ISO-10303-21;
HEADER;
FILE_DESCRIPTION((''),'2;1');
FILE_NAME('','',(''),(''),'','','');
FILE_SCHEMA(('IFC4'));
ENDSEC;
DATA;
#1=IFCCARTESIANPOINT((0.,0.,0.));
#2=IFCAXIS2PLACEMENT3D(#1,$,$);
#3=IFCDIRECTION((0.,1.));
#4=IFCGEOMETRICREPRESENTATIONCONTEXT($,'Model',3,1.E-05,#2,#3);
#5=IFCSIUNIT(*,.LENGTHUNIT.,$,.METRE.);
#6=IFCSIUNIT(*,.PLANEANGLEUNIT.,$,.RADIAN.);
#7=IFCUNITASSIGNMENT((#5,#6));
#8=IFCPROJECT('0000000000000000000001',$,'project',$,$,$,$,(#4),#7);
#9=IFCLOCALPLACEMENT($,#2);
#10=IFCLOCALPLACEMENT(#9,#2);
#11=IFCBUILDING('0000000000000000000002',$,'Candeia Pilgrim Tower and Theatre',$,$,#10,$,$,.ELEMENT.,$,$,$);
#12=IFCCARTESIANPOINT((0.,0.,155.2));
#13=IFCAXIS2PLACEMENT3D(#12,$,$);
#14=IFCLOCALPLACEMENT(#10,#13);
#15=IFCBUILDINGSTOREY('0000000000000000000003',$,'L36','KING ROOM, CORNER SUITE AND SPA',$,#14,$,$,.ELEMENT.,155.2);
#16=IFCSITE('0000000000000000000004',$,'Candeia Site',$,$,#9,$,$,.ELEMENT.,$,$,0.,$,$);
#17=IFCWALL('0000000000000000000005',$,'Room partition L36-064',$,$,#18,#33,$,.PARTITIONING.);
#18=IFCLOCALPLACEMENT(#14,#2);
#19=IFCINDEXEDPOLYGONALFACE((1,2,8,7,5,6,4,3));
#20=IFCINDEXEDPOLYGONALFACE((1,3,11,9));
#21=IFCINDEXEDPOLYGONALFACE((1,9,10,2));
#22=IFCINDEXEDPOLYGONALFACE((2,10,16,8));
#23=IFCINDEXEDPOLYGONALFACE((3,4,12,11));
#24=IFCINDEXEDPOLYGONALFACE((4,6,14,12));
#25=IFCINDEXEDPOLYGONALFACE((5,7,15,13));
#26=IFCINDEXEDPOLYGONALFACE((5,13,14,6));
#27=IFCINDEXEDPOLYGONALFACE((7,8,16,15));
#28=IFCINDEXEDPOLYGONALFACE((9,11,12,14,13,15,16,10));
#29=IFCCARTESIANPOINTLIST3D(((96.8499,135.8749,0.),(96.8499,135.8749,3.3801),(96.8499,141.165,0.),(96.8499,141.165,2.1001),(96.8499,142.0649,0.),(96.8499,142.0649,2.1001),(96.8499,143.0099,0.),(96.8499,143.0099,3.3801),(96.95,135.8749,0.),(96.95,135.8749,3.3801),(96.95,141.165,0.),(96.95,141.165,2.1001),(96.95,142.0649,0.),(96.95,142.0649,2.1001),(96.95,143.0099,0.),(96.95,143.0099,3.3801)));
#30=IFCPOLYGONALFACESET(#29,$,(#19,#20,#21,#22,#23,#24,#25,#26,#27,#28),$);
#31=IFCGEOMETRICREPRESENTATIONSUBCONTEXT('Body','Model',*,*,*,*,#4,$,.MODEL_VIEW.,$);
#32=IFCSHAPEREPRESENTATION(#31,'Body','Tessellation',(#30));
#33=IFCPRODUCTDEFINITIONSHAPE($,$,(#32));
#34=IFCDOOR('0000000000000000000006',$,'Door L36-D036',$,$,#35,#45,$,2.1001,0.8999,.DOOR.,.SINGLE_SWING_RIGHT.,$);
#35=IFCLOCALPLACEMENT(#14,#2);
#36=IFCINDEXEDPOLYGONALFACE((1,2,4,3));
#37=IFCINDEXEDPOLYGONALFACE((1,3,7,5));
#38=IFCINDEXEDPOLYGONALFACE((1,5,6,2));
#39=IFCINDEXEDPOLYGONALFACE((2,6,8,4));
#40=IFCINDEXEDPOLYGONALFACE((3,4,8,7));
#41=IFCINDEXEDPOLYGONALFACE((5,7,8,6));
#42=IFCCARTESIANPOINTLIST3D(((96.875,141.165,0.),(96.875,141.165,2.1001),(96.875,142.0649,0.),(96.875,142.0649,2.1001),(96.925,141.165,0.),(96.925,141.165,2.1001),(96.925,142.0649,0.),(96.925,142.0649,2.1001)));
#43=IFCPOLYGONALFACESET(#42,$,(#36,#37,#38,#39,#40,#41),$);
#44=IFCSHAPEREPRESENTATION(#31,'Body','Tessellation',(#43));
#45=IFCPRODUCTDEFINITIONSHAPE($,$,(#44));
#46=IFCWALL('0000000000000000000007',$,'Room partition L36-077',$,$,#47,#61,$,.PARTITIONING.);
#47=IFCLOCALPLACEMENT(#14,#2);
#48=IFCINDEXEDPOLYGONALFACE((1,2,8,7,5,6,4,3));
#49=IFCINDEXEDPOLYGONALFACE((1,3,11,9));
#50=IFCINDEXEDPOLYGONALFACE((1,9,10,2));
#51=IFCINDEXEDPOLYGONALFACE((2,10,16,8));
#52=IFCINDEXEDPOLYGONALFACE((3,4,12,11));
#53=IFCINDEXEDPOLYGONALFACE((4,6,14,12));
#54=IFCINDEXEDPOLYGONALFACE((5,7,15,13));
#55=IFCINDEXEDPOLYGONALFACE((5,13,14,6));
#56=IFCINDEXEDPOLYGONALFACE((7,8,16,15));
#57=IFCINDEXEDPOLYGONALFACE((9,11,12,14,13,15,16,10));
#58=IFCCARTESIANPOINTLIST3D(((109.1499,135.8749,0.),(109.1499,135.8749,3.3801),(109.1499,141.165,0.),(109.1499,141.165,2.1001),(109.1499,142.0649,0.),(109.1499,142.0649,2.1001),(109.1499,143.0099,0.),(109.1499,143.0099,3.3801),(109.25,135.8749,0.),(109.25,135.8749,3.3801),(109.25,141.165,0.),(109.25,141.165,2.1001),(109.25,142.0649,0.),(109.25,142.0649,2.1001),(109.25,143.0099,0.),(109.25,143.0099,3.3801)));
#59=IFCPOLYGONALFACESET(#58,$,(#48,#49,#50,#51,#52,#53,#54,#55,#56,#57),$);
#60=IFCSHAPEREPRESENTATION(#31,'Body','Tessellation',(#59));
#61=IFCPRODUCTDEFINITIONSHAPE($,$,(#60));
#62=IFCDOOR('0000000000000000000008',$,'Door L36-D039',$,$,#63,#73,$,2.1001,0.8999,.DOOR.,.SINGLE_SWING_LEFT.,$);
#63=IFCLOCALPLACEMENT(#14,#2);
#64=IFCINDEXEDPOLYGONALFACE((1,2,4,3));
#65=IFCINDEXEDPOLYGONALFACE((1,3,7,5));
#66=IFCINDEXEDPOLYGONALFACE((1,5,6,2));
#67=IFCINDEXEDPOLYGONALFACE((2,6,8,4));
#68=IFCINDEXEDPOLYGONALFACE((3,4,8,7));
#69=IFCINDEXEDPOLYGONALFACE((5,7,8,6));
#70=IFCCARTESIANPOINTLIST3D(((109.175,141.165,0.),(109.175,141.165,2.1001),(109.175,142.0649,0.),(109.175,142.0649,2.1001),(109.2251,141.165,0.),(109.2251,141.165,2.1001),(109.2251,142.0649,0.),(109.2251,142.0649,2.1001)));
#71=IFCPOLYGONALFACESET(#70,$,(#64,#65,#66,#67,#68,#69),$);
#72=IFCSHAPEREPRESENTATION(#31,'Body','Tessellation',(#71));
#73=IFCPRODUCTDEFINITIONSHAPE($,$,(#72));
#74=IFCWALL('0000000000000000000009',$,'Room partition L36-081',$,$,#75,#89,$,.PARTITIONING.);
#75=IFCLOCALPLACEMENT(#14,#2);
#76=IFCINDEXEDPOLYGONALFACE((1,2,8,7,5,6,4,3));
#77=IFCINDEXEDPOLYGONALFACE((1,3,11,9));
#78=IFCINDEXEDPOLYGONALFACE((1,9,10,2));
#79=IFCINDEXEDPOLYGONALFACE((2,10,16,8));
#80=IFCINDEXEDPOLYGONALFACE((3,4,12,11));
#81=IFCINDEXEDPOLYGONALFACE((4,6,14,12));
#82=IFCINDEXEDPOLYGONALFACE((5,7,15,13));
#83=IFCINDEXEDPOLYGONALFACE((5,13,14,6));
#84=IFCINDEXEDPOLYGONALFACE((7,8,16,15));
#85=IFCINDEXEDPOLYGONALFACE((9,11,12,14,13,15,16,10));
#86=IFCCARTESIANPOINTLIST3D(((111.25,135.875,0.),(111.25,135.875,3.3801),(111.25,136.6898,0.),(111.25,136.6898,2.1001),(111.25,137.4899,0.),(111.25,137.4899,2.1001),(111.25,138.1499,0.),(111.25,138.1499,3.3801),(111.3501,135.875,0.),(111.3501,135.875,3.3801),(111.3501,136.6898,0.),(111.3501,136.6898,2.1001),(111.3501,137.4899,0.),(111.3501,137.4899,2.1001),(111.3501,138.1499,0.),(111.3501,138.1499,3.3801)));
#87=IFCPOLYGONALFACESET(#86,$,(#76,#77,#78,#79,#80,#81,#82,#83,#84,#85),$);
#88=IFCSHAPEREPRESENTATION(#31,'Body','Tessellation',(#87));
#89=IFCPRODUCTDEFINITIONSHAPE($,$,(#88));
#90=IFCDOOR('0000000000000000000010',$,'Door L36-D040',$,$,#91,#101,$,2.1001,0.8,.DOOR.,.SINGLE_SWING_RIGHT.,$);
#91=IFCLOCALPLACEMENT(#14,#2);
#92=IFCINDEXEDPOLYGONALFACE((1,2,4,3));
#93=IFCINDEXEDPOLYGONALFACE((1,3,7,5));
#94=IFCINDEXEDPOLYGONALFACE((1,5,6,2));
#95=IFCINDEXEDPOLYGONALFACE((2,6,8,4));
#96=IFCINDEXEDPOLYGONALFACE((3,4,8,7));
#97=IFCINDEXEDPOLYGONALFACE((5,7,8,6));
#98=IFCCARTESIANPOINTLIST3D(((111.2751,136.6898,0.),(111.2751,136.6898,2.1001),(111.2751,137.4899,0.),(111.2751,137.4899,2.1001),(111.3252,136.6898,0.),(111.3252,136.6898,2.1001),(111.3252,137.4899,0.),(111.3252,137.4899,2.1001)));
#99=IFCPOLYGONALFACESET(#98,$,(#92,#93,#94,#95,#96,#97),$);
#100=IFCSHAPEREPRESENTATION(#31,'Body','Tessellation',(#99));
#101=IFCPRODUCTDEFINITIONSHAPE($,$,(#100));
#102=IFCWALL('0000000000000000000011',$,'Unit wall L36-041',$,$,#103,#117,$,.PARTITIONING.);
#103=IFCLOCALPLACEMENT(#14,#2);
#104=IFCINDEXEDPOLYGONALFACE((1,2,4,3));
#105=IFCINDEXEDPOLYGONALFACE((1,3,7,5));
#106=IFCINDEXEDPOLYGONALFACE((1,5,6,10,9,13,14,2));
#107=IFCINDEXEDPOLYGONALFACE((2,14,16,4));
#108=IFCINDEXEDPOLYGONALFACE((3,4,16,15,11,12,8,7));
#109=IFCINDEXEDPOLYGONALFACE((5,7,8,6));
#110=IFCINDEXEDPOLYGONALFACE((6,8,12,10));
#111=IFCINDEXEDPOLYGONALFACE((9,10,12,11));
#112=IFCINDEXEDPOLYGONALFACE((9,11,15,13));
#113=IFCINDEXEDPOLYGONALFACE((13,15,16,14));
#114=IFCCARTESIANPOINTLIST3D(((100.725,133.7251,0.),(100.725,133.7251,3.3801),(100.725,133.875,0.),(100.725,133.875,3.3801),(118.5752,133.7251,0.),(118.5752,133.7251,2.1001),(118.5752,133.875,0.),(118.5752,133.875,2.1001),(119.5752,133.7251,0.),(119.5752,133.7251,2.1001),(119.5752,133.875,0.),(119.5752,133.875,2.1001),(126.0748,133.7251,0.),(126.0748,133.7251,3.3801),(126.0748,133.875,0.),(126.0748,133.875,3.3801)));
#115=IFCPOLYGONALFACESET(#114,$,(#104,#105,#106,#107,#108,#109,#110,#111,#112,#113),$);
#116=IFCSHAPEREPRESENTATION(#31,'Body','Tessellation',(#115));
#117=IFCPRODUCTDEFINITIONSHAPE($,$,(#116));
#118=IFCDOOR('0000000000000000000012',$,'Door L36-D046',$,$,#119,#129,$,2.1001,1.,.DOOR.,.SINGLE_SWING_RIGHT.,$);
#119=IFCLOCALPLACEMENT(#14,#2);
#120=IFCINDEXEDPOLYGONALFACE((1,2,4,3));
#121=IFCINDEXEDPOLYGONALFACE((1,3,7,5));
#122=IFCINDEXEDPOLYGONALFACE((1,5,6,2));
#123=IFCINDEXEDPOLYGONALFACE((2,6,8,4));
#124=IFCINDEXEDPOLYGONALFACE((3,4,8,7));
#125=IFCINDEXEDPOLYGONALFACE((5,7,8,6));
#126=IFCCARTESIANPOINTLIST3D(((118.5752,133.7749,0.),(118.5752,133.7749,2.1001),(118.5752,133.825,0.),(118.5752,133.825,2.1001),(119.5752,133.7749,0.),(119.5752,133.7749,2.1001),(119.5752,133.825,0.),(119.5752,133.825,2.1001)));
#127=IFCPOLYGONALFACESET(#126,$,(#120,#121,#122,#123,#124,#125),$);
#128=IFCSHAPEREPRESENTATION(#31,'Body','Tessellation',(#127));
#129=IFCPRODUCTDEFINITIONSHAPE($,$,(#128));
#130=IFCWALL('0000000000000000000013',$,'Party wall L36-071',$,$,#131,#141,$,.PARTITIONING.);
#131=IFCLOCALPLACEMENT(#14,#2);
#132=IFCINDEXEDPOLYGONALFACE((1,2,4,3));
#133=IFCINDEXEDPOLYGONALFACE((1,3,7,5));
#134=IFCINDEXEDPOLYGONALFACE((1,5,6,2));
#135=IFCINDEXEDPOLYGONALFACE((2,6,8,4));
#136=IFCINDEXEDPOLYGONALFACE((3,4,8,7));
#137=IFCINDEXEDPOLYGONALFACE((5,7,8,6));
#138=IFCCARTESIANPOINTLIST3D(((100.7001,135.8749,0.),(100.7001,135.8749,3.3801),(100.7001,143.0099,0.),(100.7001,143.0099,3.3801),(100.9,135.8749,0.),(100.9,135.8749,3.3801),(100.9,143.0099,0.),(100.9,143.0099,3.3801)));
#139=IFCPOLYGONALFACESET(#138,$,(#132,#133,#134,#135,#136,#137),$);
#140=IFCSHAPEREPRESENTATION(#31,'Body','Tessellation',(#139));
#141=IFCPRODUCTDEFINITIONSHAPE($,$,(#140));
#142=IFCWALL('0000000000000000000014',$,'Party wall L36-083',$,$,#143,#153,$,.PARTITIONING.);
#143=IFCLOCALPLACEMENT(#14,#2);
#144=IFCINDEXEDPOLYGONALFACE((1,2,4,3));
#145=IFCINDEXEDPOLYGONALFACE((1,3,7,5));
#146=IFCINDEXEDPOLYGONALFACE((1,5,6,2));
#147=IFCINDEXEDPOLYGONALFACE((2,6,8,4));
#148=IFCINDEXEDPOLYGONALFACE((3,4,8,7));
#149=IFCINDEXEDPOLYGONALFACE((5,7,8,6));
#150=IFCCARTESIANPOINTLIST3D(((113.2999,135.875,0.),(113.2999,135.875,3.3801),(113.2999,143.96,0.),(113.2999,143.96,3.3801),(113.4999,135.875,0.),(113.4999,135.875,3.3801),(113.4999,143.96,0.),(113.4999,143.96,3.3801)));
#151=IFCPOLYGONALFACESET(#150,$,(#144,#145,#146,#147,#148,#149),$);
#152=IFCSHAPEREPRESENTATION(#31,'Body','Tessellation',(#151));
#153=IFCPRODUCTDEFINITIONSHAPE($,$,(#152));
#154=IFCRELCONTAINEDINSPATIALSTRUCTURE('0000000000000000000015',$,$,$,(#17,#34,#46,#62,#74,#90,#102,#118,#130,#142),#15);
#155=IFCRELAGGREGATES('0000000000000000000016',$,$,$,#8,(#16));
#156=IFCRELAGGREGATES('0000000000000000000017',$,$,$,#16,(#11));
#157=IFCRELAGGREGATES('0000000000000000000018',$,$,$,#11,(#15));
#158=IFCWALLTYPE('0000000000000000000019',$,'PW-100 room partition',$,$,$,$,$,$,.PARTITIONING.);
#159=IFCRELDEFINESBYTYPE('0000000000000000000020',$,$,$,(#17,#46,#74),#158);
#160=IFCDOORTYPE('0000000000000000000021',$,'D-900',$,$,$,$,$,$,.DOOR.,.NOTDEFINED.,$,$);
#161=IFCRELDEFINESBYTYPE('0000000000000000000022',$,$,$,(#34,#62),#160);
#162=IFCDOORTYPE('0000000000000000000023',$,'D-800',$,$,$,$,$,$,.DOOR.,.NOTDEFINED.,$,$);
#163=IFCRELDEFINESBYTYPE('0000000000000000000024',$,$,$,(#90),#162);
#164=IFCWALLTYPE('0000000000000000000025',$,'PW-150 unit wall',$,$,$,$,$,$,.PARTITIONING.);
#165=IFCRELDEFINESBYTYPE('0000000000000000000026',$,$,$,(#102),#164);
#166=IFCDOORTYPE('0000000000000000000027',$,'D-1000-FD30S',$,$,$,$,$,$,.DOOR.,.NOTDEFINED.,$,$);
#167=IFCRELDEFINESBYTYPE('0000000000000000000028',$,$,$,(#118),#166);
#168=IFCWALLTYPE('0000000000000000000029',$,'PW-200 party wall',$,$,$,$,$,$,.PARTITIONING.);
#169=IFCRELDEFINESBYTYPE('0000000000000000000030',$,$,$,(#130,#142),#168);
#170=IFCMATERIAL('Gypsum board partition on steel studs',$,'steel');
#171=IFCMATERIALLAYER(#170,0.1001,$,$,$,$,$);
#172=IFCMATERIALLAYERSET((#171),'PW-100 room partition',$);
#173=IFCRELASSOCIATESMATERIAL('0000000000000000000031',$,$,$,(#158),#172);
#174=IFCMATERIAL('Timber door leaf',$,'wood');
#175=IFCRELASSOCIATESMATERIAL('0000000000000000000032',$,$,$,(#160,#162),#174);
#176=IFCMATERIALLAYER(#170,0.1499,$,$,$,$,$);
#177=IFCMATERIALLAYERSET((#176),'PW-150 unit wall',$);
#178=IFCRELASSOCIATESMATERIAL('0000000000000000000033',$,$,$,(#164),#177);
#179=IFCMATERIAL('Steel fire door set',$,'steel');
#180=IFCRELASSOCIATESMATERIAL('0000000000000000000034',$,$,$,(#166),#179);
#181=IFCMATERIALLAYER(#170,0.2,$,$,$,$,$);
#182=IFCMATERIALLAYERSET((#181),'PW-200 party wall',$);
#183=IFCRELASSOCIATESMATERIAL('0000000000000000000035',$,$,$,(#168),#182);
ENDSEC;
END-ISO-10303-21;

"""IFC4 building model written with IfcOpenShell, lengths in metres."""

from ifc_helpers import new_model, si_unit, direction, frame, frame_2d, origin, place, context, subcontext, project, spatial, rectangle, extrude, material, layer, layer_set, type_object, element, fill, save


model = new_model("IFC4")

# Units and contexts
model_context = context("Model", 3, precision=1e-05, world=origin(), true_north=direction((0.0, 1.0)))
body_context = subcontext(model_context, "Body", "Model", "MODEL_VIEW")
ifc_project = project(units=[si_unit("LENGTHUNIT", "METRE"), si_unit("PLANEANGLEUNIT", "RADIAN")], contexts=[model_context])

# Site, building, storey
site_placement = place(None, origin())
site = spatial("IfcSite", under=ifc_project, at=site_placement, Name="Candeia Site", CompositionType="ELEMENT", RefElevation=0.0)
building_placement = place(site_placement, origin())
building = spatial("IfcBuilding", under=site, at=building_placement, Name="Candeia Pilgrim Tower and Theatre", CompositionType="ELEMENT")
storey_placement = place(building_placement, frame((0.0, 0.0, 155.2)))
storey = spatial("IfcBuildingStorey", under=building, at=storey_placement, Name="L36", Description="KING ROOM, CORNER SUITE AND SPA", CompositionType="ELEMENT", Elevation=155.2)

# Shared definitions
ifc_material_1 = material(Name="Gypsum board partition on steel studs", Category="steel")
ifc_layer_1 = layer(ifc_material_1, 0.1001)
ifc_layer_set_1 = layer_set([ifc_layer_1], Name="PW-100 room partition")
wall_type_1 = type_object("IfcWallType", Name="PW-100 room partition", PredefinedType="PARTITIONING", material=ifc_layer_set_1)

# Walls, openings, doors
wall_1_placement = place(storey_placement, frame((96.8999, 135.875, 0.0), z_axis=(0.0, 0.0, 1.0), x_axis=(0.0, 1.0, 0.0)))
wall_1 = element("IfcWall", 1, at=wall_1_placement, inside=storey, type_object=wall_type_1, Name="Room partition L36-064", PredefinedType="PARTITIONING", context=body_context, shape_type="SweptSolid", body=[
    extrude(rectangle(XDim=7.135, YDim=0.1001, at=frame_2d((3.5674, 0.0))), origin(), (0.0, 0.0, 1.0), 3.3801),
])
opening_1_placement = place(wall_1_placement, frame((5.29, 0.0, 0.0)))
opening_1 = element("IfcOpeningElement", 2, at=opening_1_placement, cuts=wall_1, PredefinedType="OPENING", context=body_context, shape_type="SweptSolid", body=[
    extrude(rectangle(XDim=0.8999, YDim=2.1001, at=frame_2d((0.45, 1.05))), frame((0.0, 0.0601, 0.0), z_axis=(0.0, -1.0, 0.0), x_axis=(1.0, 0.0, 0.0)), (0.0, 0.0, 1.0), 0.1201),
])
ifc_material_2 = material(Name="Timber door leaf", Category="wood")
door_type_1 = type_object("IfcDoorType", Name="D-900", OperationType="NOTDEFINED", PredefinedType="DOOR", material=ifc_material_2)
door_1_placement = place(opening_1_placement, origin())
door_1 = element("IfcDoor", 3, at=door_1_placement, inside=storey, type_object=door_type_1, Name="Door L36-D036", OperationType="SINGLE_SWING_RIGHT", OverallHeight=2.1001, OverallWidth=0.8999, PredefinedType="DOOR", context=body_context, shape_type="SweptSolid", body=[
    extrude(rectangle(XDim=0.8999, YDim=2.1001, at=frame_2d((0.45, 1.05))), frame((0.0, 0.0249, 0.0), z_axis=(0.0, -1.0, 0.0), x_axis=(1.0, 0.0, 0.0)), (0.0, 0.0, 1.0), 0.05),
])
fill(opening_1, door_1)
wall_2_placement = place(storey_placement, frame((109.2, 135.875, 0.0), z_axis=(0.0, 0.0, 1.0), x_axis=(0.0, 1.0, 0.0)))
wall_2 = element("IfcWall", 4, at=wall_2_placement, inside=storey, type_object=wall_type_1, Name="Room partition L36-077", PredefinedType="PARTITIONING", context=body_context, shape_type="SweptSolid", body=[
    extrude(rectangle(XDim=7.135, YDim=0.1001, at=frame_2d((3.5674, 0.0))), origin(), (0.0, 0.0, 1.0), 3.3801),
])
opening_2_placement = place(wall_2_placement, frame((5.29, 0.0, 0.0)))
opening_2 = element("IfcOpeningElement", 5, at=opening_2_placement, cuts=wall_2, PredefinedType="OPENING", context=body_context, shape_type="SweptSolid", body=[
    extrude(rectangle(XDim=0.8999, YDim=2.1001, at=frame_2d((0.45, 1.05))), frame((0.0, 0.0601, 0.0), z_axis=(0.0, -1.0, 0.0), x_axis=(1.0, 0.0, 0.0)), (0.0, 0.0, 1.0), 0.1201),
])
door_2_placement = place(opening_2_placement, origin())
door_2 = element("IfcDoor", 6, at=door_2_placement, inside=storey, type_object=door_type_1, Name="Door L36-D039", OperationType="SINGLE_SWING_LEFT", OverallHeight=2.1001, OverallWidth=0.8999, PredefinedType="DOOR", context=body_context, shape_type="SweptSolid", body=[
    extrude(rectangle(XDim=0.8999, YDim=2.1001, at=frame_2d((0.45, 1.05))), frame((0.0, 0.0249, 0.0), z_axis=(0.0, -1.0, 0.0), x_axis=(1.0, 0.0, 0.0)), (0.0, 0.0, 1.0), 0.05),
])
fill(opening_2, door_2)
wall_3_placement = place(storey_placement, frame((111.3, 135.875, 0.0), z_axis=(0.0, 0.0, 1.0), x_axis=(0.0, 1.0, 0.0)))
wall_3 = element("IfcWall", 7, at=wall_3_placement, inside=storey, type_object=wall_type_1, Name="Room partition L36-081", PredefinedType="PARTITIONING", context=body_context, shape_type="SweptSolid", body=[
    extrude(rectangle(XDim=2.2749, YDim=0.1001, at=frame_2d((1.1375, 0.0))), origin(), (0.0, 0.0, 1.0), 3.3801),
])
opening_3_placement = place(wall_3_placement, frame((0.8149, 0.0, 0.0)))
opening_3 = element("IfcOpeningElement", 8, at=opening_3_placement, cuts=wall_3, PredefinedType="OPENING", context=body_context, shape_type="SweptSolid", body=[
    extrude(rectangle(XDim=0.8, YDim=2.1001, at=frame_2d((0.3999, 1.05))), frame((0.0, 0.0601, 0.0), z_axis=(0.0, -1.0, 0.0), x_axis=(1.0, 0.0, 0.0)), (0.0, 0.0, 1.0), 0.1201),
])
door_type_2 = type_object("IfcDoorType", Name="D-800", OperationType="NOTDEFINED", PredefinedType="DOOR", material=ifc_material_2)
door_3_placement = place(opening_3_placement, origin())
door_3 = element("IfcDoor", 9, at=door_3_placement, inside=storey, type_object=door_type_2, Name="Door L36-D040", OperationType="SINGLE_SWING_RIGHT", OverallHeight=2.1001, OverallWidth=0.8, PredefinedType="DOOR", context=body_context, shape_type="SweptSolid", body=[
    extrude(rectangle(XDim=0.8, YDim=2.1001, at=frame_2d((0.3999, 1.05))), frame((0.0, 0.0249, 0.0), z_axis=(0.0, -1.0, 0.0), x_axis=(1.0, 0.0, 0.0)), (0.0, 0.0, 1.0), 0.05),
])
fill(opening_3, door_3)
ifc_layer_2 = layer(ifc_material_1, 0.1499)
ifc_layer_set_2 = layer_set([ifc_layer_2], Name="PW-150 unit wall")
wall_type_2 = type_object("IfcWallType", Name="PW-150 unit wall", PredefinedType="PARTITIONING", material=ifc_layer_set_2)
wall_4_placement = place(storey_placement, frame((100.7251, 133.8, 0.0), z_axis=(0.0, 0.0, 1.0), x_axis=(1.0, 0.0, 0.0)))
wall_4 = element("IfcWall", 10, at=wall_4_placement, inside=storey, type_object=wall_type_2, Name="Unit wall L36-041", PredefinedType="PARTITIONING", context=body_context, shape_type="SweptSolid", body=[
    extrude(rectangle(XDim=25.3499, YDim=0.1499, at=frame_2d((12.6748, 0.0))), origin(), (0.0, 0.0, 1.0), 3.3801),
])
opening_4_placement = place(wall_4_placement, frame((17.8501, 0.0, 0.0)))
opening_4 = element("IfcOpeningElement", 11, at=opening_4_placement, cuts=wall_4, PredefinedType="OPENING", context=body_context, shape_type="SweptSolid", body=[
    extrude(rectangle(XDim=1.0, YDim=2.1001, at=frame_2d((0.5, 1.05))), frame((0.0, 0.085, 0.0), z_axis=(0.0, -1.0, 0.0), x_axis=(1.0, 0.0, 0.0)), (0.0, 0.0, 1.0), 0.1699),
])
ifc_material_3 = material(Name="Steel fire door set", Category="steel")
door_type_3 = type_object("IfcDoorType", Name="D-1000-FD30S", OperationType="NOTDEFINED", PredefinedType="DOOR", material=ifc_material_3)
door_4_placement = place(opening_4_placement, origin())
door_4 = element("IfcDoor", 12, at=door_4_placement, inside=storey, type_object=door_type_3, Name="Door L36-D046", OperationType="SINGLE_SWING_RIGHT", OverallHeight=2.1001, OverallWidth=1.0, PredefinedType="DOOR", context=body_context, shape_type="SweptSolid", body=[
    extrude(rectangle(XDim=1.0, YDim=2.1001, at=frame_2d((0.5, 1.05))), frame((0.0, 0.0249, 0.0), z_axis=(0.0, -1.0, 0.0), x_axis=(1.0, 0.0, 0.0)), (0.0, 0.0, 1.0), 0.05),
])
fill(opening_4, door_4)

# Walls
ifc_layer_3 = layer(ifc_material_1, 0.2)
ifc_layer_set_3 = layer_set([ifc_layer_3], Name="PW-200 party wall")
wall_type_3 = type_object("IfcWallType", Name="PW-200 party wall", PredefinedType="PARTITIONING", material=ifc_layer_set_3)
wall_5_placement = place(storey_placement, frame((100.8, 135.875, 0.0), z_axis=(0.0, 0.0, 1.0), x_axis=(0.0, 1.0, 0.0)))
element("IfcWall", 13, at=wall_5_placement, inside=storey, type_object=wall_type_3, Name="Party wall L36-071", PredefinedType="PARTITIONING", context=body_context, shape_type="SweptSolid", body=[
    extrude(rectangle(XDim=7.135, YDim=0.2, at=frame_2d((3.5674, 0.0))), origin(), (0.0, 0.0, 1.0), 3.3801),
])
wall_6_placement = place(storey_placement, frame((113.3999, 135.875, 0.0), z_axis=(0.0, 0.0, 1.0), x_axis=(0.0, 1.0, 0.0)))
element("IfcWall", 14, at=wall_6_placement, inside=storey, type_object=wall_type_3, Name="Party wall L36-083", PredefinedType="PARTITIONING", context=body_context, shape_type="SweptSolid", body=[
    extrude(rectangle(XDim=8.085, YDim=0.2, at=frame_2d((4.0425, 0.0))), origin(), (0.0, 0.0, 1.0), 3.3801),
])

save(model, "model.ifc")
